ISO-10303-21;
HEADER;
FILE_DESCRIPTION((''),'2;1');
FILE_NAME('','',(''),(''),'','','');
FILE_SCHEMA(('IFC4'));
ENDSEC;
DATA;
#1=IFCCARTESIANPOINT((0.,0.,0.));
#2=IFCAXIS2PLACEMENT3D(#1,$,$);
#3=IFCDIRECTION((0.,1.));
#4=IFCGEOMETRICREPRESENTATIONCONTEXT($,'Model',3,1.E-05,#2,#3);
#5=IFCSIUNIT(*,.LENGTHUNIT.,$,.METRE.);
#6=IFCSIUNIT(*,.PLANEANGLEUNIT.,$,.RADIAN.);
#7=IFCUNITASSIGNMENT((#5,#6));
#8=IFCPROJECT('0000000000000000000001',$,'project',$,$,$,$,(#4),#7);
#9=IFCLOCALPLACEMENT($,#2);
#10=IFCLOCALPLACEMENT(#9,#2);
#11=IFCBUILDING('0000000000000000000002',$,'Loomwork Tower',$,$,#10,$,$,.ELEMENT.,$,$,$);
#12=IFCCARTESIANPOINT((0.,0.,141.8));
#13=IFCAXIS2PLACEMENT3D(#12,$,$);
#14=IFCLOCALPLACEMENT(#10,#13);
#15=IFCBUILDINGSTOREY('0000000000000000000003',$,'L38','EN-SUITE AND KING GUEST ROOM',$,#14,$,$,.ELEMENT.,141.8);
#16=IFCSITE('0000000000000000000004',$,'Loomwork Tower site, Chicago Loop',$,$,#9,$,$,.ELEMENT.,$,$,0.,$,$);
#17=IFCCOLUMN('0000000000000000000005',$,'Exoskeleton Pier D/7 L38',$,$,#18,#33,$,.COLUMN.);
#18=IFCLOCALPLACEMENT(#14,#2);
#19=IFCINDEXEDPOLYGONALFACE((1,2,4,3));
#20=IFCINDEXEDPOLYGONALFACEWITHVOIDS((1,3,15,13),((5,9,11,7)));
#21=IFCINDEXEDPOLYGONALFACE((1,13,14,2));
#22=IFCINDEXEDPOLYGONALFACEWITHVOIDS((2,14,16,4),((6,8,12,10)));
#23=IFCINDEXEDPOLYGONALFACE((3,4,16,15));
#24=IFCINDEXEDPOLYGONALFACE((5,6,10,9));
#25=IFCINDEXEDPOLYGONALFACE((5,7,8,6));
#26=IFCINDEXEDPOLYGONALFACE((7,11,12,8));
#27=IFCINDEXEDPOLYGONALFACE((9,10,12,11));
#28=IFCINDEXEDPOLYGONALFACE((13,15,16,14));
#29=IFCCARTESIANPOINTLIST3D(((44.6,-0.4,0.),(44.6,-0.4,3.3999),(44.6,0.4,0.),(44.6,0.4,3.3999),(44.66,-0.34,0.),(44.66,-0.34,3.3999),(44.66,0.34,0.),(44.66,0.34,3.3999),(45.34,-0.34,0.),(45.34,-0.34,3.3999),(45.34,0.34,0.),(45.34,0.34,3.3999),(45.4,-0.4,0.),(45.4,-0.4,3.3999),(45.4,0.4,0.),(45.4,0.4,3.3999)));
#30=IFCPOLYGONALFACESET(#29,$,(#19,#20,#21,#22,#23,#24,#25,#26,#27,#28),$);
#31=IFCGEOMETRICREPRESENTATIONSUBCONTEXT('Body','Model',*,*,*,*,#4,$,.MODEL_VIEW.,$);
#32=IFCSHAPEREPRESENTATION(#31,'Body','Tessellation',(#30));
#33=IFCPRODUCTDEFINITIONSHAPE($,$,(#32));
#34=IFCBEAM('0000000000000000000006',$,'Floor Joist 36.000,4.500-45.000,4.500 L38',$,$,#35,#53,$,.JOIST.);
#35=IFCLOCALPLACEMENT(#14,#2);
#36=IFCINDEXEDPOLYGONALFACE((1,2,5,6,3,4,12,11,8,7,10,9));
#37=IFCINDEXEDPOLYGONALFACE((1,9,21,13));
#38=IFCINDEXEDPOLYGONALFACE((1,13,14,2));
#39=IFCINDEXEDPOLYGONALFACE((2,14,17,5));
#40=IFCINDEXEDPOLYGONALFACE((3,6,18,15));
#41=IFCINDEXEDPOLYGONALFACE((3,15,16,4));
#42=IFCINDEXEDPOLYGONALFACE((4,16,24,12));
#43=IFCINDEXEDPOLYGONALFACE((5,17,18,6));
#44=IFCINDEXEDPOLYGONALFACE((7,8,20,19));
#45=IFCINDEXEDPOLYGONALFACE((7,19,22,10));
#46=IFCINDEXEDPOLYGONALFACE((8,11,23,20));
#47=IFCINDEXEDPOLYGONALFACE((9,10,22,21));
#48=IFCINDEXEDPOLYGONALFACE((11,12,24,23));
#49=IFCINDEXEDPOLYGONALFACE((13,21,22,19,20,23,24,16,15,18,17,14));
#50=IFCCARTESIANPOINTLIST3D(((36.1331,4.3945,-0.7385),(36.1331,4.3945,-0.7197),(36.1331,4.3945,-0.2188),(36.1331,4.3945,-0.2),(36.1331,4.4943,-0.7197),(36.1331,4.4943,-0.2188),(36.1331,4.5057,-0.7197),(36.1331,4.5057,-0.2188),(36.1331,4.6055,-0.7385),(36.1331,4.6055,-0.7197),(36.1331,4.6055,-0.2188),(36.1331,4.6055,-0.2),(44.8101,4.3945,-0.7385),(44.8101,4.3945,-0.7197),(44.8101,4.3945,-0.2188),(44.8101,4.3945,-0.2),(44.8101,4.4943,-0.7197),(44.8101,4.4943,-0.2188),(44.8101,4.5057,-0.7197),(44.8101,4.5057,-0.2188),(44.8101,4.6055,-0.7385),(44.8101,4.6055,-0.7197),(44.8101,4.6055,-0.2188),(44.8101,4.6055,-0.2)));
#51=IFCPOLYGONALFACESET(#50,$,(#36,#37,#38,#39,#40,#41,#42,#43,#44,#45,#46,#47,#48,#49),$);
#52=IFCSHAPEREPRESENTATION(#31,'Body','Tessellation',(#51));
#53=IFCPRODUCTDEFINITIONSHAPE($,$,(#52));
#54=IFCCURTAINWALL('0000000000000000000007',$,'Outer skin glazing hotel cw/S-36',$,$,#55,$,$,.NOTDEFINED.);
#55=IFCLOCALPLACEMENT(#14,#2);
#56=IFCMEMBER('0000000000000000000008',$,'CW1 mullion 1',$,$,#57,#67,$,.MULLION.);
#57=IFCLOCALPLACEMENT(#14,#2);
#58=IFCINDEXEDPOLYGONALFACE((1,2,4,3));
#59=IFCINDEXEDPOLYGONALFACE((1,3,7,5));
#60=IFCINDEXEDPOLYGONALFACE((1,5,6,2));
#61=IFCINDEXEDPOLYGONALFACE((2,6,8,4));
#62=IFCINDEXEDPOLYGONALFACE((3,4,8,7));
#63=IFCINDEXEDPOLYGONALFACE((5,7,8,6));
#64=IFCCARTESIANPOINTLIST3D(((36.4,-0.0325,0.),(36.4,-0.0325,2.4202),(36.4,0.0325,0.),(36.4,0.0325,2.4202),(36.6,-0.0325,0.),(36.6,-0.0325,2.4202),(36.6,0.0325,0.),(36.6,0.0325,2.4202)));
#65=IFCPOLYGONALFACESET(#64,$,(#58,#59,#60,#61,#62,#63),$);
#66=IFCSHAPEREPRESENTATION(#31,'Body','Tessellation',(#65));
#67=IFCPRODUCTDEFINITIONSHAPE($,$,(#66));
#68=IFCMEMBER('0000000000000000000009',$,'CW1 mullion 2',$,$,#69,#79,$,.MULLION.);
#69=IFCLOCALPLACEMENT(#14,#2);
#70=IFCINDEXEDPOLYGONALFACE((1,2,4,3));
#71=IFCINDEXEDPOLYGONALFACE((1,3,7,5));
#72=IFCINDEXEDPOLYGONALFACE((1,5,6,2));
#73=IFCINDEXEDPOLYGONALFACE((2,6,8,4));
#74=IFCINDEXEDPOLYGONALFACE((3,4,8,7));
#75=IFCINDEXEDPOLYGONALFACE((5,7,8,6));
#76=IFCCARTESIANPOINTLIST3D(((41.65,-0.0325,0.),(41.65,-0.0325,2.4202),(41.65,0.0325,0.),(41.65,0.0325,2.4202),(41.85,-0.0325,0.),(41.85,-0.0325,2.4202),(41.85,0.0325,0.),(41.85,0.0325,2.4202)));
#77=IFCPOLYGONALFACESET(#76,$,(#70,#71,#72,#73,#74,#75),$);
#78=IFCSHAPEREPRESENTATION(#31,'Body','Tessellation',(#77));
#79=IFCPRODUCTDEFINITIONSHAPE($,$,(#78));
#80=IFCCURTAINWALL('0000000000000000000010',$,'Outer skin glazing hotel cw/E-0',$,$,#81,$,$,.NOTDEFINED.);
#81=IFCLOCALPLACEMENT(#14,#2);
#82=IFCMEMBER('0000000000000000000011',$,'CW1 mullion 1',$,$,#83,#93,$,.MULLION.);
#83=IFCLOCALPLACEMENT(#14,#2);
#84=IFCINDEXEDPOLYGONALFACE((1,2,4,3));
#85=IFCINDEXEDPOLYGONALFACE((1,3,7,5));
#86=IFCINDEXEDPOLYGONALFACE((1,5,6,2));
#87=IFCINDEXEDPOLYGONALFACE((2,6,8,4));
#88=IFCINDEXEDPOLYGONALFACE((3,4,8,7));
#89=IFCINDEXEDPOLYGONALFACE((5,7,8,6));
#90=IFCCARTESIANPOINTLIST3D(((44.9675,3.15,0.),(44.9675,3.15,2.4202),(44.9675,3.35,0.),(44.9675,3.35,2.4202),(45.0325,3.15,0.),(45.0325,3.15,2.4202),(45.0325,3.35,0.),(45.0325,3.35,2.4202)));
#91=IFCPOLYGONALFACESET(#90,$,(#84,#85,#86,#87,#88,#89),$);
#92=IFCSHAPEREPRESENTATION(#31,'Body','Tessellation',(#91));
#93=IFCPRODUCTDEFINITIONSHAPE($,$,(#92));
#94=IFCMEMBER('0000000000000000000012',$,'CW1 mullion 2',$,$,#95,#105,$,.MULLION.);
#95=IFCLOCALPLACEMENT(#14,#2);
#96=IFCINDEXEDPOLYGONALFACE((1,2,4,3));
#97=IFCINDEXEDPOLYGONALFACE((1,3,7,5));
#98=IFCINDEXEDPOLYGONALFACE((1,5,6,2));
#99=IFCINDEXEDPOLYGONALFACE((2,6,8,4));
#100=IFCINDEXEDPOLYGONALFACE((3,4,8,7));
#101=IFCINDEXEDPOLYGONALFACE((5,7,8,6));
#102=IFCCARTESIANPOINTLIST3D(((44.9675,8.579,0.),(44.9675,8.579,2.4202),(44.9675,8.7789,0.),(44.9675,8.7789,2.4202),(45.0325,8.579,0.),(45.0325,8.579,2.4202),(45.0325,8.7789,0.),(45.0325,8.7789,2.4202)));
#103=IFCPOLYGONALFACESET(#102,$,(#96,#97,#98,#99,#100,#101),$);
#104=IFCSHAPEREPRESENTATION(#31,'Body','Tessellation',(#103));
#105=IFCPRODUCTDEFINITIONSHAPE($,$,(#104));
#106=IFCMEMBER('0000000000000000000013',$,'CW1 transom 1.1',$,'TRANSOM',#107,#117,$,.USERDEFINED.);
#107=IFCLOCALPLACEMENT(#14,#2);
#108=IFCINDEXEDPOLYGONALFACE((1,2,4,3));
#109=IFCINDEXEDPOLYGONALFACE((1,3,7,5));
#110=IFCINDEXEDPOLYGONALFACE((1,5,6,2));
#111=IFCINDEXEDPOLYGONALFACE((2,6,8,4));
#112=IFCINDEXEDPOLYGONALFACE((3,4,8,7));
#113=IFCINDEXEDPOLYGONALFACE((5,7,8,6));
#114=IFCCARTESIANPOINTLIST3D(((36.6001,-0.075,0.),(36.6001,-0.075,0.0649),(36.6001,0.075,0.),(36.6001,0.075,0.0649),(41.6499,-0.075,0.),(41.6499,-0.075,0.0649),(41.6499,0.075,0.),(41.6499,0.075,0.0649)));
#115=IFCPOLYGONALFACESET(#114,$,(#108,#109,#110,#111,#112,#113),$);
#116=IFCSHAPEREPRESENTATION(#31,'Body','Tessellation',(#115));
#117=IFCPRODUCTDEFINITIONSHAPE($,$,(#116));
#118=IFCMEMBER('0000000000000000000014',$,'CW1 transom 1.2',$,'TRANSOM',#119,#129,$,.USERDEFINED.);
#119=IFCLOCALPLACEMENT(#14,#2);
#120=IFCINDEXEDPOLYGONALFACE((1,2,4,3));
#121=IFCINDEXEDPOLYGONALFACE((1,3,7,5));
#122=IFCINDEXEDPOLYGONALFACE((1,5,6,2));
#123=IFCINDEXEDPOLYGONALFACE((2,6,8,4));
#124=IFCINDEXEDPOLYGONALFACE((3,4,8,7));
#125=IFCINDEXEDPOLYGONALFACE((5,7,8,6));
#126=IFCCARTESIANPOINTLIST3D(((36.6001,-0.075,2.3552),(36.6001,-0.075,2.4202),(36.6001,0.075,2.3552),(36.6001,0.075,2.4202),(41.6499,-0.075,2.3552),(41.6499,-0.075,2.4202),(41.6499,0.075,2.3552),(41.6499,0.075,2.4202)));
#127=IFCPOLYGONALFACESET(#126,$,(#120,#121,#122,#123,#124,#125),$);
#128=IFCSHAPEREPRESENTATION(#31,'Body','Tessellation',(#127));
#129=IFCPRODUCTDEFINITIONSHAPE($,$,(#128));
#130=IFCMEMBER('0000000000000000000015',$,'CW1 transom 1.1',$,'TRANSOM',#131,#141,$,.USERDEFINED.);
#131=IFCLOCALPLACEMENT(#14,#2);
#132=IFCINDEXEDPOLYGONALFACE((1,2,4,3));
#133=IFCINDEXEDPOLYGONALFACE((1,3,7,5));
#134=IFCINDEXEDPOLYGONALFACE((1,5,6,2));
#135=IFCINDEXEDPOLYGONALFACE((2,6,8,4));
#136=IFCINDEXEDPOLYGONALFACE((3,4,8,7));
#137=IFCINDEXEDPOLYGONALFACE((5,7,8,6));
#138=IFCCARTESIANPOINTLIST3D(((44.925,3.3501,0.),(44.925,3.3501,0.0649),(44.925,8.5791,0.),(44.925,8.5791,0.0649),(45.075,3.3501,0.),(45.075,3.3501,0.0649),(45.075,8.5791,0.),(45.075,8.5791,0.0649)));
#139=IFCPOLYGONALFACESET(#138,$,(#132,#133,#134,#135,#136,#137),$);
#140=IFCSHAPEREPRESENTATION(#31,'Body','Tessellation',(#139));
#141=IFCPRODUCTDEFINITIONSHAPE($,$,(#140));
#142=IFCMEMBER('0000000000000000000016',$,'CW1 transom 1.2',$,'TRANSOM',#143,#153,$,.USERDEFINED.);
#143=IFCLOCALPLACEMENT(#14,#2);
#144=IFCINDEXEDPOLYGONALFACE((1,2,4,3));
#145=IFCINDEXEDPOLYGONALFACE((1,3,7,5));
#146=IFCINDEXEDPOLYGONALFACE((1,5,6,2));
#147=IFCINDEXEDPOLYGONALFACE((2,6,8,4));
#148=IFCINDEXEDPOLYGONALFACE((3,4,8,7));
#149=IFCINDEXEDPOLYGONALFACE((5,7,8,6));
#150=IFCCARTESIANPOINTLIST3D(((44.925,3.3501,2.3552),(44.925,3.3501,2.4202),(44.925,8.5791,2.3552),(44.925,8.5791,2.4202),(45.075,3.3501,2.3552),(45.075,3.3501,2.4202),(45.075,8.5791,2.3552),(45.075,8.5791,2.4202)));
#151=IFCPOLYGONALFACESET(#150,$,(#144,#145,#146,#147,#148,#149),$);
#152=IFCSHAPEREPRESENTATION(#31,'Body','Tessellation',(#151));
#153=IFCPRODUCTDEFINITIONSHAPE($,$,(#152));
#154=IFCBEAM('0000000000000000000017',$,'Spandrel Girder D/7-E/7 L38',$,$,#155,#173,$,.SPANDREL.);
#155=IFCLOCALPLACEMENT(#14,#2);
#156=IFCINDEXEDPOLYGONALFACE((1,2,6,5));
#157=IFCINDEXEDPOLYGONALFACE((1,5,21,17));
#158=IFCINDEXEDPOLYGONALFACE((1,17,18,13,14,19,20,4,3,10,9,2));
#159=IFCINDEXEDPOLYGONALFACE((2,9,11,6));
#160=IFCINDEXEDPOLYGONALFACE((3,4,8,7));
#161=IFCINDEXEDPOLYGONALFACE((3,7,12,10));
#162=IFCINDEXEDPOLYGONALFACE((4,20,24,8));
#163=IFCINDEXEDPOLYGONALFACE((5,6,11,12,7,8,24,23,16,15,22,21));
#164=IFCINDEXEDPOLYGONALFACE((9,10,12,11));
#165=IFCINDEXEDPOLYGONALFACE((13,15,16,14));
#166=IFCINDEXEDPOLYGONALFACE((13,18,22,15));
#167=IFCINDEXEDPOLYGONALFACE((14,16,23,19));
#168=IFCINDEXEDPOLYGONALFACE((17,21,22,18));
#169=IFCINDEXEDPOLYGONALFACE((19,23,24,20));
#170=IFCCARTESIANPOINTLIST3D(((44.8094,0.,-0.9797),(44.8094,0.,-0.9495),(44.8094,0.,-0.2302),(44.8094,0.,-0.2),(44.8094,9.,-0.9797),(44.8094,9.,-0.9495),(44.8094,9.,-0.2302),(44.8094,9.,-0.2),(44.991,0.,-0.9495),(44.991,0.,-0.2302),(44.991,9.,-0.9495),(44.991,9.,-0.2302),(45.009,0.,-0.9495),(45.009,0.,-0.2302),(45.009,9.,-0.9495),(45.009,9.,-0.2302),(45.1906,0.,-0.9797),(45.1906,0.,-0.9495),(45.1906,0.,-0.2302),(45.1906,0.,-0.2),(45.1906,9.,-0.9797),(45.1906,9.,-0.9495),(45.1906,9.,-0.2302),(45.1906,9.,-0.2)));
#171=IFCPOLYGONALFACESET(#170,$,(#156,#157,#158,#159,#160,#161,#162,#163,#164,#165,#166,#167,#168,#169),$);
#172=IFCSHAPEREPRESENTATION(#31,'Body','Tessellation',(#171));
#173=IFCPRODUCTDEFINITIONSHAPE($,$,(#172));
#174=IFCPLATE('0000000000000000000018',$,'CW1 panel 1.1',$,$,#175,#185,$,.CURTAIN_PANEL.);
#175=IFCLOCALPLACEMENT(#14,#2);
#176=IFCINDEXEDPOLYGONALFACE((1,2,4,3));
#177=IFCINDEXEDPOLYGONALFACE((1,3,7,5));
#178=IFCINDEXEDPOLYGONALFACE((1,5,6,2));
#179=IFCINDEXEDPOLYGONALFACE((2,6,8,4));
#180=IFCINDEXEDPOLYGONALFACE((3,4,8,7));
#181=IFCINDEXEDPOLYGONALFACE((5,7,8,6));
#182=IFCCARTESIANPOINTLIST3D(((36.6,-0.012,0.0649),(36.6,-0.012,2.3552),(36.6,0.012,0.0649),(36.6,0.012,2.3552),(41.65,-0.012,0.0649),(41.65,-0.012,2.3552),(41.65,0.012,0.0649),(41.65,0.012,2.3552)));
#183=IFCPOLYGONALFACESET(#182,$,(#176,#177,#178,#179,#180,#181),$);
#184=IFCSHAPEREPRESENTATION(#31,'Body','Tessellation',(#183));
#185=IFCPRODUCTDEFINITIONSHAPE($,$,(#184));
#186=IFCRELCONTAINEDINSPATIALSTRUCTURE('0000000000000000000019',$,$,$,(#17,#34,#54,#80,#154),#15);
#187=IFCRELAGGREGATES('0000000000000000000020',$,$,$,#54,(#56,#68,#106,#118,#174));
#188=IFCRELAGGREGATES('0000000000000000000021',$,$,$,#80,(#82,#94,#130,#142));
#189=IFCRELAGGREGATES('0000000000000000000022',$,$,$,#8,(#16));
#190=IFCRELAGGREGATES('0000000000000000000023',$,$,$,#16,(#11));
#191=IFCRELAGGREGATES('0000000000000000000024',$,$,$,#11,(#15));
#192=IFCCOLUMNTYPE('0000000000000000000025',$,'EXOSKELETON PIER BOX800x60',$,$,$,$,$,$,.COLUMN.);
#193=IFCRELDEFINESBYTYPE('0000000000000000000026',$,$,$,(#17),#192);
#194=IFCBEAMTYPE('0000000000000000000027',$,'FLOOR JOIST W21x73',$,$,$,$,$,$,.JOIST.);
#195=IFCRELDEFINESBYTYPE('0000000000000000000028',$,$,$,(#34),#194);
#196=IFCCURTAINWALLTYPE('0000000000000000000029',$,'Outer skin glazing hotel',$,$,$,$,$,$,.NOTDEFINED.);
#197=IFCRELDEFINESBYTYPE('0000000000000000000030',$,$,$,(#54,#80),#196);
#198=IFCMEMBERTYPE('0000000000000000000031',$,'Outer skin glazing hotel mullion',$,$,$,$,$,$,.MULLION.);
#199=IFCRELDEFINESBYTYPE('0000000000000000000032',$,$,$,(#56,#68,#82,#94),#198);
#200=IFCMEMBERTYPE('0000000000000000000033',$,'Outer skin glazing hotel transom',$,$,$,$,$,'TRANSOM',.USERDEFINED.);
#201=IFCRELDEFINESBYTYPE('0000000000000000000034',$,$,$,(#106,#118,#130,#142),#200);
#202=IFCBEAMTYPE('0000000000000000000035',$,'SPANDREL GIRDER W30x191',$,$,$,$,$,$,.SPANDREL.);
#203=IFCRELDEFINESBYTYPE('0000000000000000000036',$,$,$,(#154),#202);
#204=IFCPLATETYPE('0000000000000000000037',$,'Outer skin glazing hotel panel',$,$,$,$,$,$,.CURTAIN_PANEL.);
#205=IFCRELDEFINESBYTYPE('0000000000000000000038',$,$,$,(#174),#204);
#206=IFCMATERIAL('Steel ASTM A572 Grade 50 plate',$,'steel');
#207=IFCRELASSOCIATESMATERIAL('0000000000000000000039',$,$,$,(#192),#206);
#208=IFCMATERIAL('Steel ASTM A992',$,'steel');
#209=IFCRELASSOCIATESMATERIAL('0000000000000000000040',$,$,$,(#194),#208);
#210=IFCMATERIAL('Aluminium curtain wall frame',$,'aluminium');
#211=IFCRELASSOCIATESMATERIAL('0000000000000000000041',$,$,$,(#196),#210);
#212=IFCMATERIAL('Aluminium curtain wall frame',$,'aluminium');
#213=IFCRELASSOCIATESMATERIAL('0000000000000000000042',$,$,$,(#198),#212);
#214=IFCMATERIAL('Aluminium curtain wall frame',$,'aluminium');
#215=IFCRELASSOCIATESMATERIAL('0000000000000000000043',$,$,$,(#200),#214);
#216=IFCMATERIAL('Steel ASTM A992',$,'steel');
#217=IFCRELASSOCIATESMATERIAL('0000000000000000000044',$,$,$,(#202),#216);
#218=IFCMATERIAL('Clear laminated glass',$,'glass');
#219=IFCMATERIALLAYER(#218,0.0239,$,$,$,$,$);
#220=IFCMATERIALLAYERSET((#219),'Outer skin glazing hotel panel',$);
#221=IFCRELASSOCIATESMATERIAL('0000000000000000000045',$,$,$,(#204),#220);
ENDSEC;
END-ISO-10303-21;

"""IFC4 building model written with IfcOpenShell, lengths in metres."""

from ifc_helpers import new_model, si_unit, direction, frame, origin, origin_2d, place, context, subcontext, project, spatial, rectangle, hollow_rectangle, i_section, extrude, material, layer, layer_set, material_profile, profile_set, type_object, element, aggregate, save


model = new_model("IFC4")

# Units and contexts
model_context = context("Model", 3, precision=1e-05, world=origin(), true_north=direction((0.0, 1.0)))
body_context = subcontext(model_context, "Body", "Model", "MODEL_VIEW")
ifc_project = project(units=[si_unit("LENGTHUNIT", "METRE"), si_unit("PLANEANGLEUNIT", "RADIAN")], contexts=[model_context])

# Site, building, storey
site_placement = place(None, origin())
site = spatial("IfcSite", under=ifc_project, at=site_placement, Name="Loomwork Tower site, Chicago Loop", CompositionType="ELEMENT", RefElevation=0.0)
building_placement = place(site_placement, origin())
building = spatial("IfcBuilding", under=site, at=building_placement, Name="Loomwork Tower", CompositionType="ELEMENT")
storey_placement = place(building_placement, frame((0.0, 0.0, 141.8)))
storey = spatial("IfcBuildingStorey", under=building, at=storey_placement, Name="L38", Description="EN-SUITE AND KING GUEST ROOM", CompositionType="ELEMENT", Elevation=141.8)

# Column
ifc_material_1 = material(Name="Steel ASTM A572 Grade 50 plate", Category="steel")
ifc_material_profile_1 = material_profile(ifc_material_1, hollow_rectangle(XDim=0.8, YDim=0.8, WallThickness=0.0601, at=origin_2d()), Name="BOX800x60")
ifc_profile_set_1 = profile_set([ifc_material_profile_1], Name="Steel ASTM A572 Grade 50 plate")
column_type = type_object("IfcColumnType", Name="EXOSKELETON PIER BOX800x60", PredefinedType="COLUMN", material=ifc_profile_set_1)
column_placement = place(storey_placement, frame((45.0, 0.0, 0.0), z_axis=(0.0, 0.0, 1.0), x_axis=(1.0, 0.0, 0.0)))
element("IfcColumn", 1, at=column_placement, inside=storey, type_object=column_type, Name="Exoskeleton Pier D/7 L38", PredefinedType="COLUMN", context=body_context, shape_type="SweptSolid", body=[
    extrude(hollow_rectangle(XDim=0.8, YDim=0.8, WallThickness=0.0601, at=origin_2d()), origin(), (0.0, 0.0, 1.0), 3.3999),
])

# Beam
ifc_material_2 = material(Name="Steel ASTM A992", Category="steel")
ifc_material_profile_2 = material_profile(ifc_material_2, i_section(OverallWidth=0.2109, OverallDepth=0.5386, WebThickness=0.0115, FlangeThickness=0.0188, at=origin_2d()), Name="W21x73")
ifc_profile_set_2 = profile_set([ifc_material_profile_2], Name="Steel ASTM A992")
beam_type_1 = type_object("IfcBeamType", Name="FLOOR JOIST W21x73", PredefinedType="JOIST", material=ifc_profile_set_2)
beam_1_placement = place(storey_placement, frame((36.1331, 4.5, -0.4692), z_axis=(1.0, 0.0, 0.0), x_axis=(0.0, 1.0, 0.0)))
element("IfcBeam", 2, at=beam_1_placement, inside=storey, type_object=beam_type_1, Name="Floor Joist 36.000,4.500-45.000,4.500 L38", PredefinedType="JOIST", context=body_context, shape_type="SweptSolid", body=[
    extrude(i_section(OverallWidth=0.2109, OverallDepth=0.5386, WebThickness=0.0115, FlangeThickness=0.0188, at=origin_2d()), origin(), (0.0, 0.0, 1.0), 8.677),
])

# Curtain walls, members
ifc_material_3 = material(Name="Aluminium curtain wall frame", Category="aluminium")
curtain_wall_type = type_object("IfcCurtainWallType", Name="Outer skin glazing hotel", PredefinedType="NOTDEFINED", material=ifc_material_3)
curtain_wall_1_placement = place(storey_placement, origin())
curtain_wall_1 = element("IfcCurtainWall", 3, at=curtain_wall_1_placement, inside=storey, type_object=curtain_wall_type, Name="Outer skin glazing hotel cw/S-36", PredefinedType="NOTDEFINED")
ifc_material_4 = material(Name="Aluminium curtain wall frame", Category="aluminium")
ifc_material_profile_3 = material_profile(ifc_material_4, rectangle(XDim=0.0649, YDim=0.2, at=origin_2d()), Name="AL 65x200")
ifc_profile_set_3 = profile_set([ifc_material_profile_3], Name="Aluminium curtain wall frame")
member_type_1 = type_object("IfcMemberType", Name="Outer skin glazing hotel mullion", PredefinedType="MULLION", material=ifc_profile_set_3)
member_1_placement = place(storey_placement, frame((36.5, 0.0, 0.0), z_axis=(0.0, 0.0, 1.0), x_axis=(0.0, 1.0, 0.0)))
member_1 = element("IfcMember", 4, at=member_1_placement, type_object=member_type_1, Name="CW1 mullion 1", PredefinedType="MULLION", context=body_context, shape_type="SweptSolid", body=[
    extrude(rectangle(XDim=0.0649, YDim=0.2, at=origin_2d()), origin(), (0.0, 0.0, 1.0), 2.4202),
])
member_2_placement = place(storey_placement, frame((41.75, 0.0, 0.0), z_axis=(0.0, 0.0, 1.0), x_axis=(0.0, 1.0, 0.0)))
member_2 = element("IfcMember", 5, at=member_2_placement, type_object=member_type_1, Name="CW1 mullion 2", PredefinedType="MULLION", context=body_context, shape_type="SweptSolid", body=[
    extrude(rectangle(XDim=0.0649, YDim=0.2, at=origin_2d()), origin(), (0.0, 0.0, 1.0), 2.4202),
])
curtain_wall_2_placement = place(storey_placement, origin())
curtain_wall_2 = element("IfcCurtainWall", 6, at=curtain_wall_2_placement, inside=storey, type_object=curtain_wall_type, Name="Outer skin glazing hotel cw/E-0", PredefinedType="NOTDEFINED")
member_3_placement = place(storey_placement, frame((45.0, 3.25, 0.0), z_axis=(0.0, 0.0, 1.0), x_axis=(-1.0, 0.0, 0.0)))
member_3 = element("IfcMember", 7, at=member_3_placement, type_object=member_type_1, Name="CW1 mullion 1", PredefinedType="MULLION", context=body_context, shape_type="SweptSolid", body=[
    extrude(rectangle(XDim=0.0649, YDim=0.2, at=origin_2d()), origin(), (0.0, 0.0, 1.0), 2.4202),
])
member_4_placement = place(storey_placement, frame((45.0, 8.679, 0.0), z_axis=(0.0, 0.0, 1.0), x_axis=(-1.0, 0.0, 0.0)))
member_4 = element("IfcMember", 8, at=member_4_placement, type_object=member_type_1, Name="CW1 mullion 2", PredefinedType="MULLION", context=body_context, shape_type="SweptSolid", body=[
    extrude(rectangle(XDim=0.0649, YDim=0.2, at=origin_2d()), origin(), (0.0, 0.0, 1.0), 2.4202),
])

# Members
ifc_material_5 = material(Name="Aluminium curtain wall frame", Category="aluminium")
ifc_material_profile_4 = material_profile(ifc_material_5, rectangle(XDim=0.1499, YDim=0.0649, at=origin_2d()), Name="AL 65x150")
ifc_profile_set_4 = profile_set([ifc_material_profile_4], Name="Aluminium curtain wall frame")
member_type_2 = type_object("IfcMemberType", Name="Outer skin glazing hotel transom", ElementType="TRANSOM", PredefinedType="USERDEFINED", material=ifc_profile_set_4)
member_5_placement = place(storey_placement, frame((36.6001, 0.0, 0.0325), z_axis=(1.0, 0.0, 0.0), x_axis=(0.0, 1.0, 0.0)))
member_5 = element("IfcMember", 9, at=member_5_placement, type_object=member_type_2, Name="CW1 transom 1.1", ObjectType="TRANSOM", PredefinedType="USERDEFINED", context=body_context, shape_type="SweptSolid", body=[
    extrude(rectangle(XDim=0.1499, YDim=0.0649, at=origin_2d()), origin(), (0.0, 0.0, 1.0), 5.0498),
])
member_6_placement = place(storey_placement, frame((36.6001, 0.0, 2.3877), z_axis=(1.0, 0.0, 0.0), x_axis=(0.0, 1.0, 0.0)))
member_6 = element("IfcMember", 10, at=member_6_placement, type_object=member_type_2, Name="CW1 transom 1.2", ObjectType="TRANSOM", PredefinedType="USERDEFINED", context=body_context, shape_type="SweptSolid", body=[
    extrude(rectangle(XDim=0.1499, YDim=0.0649, at=origin_2d()), origin(), (0.0, 0.0, 1.0), 5.0498),
])
member_7_placement = place(storey_placement, frame((45.0, 3.3501, 0.0325), z_axis=(0.0, 1.0, 0.0), x_axis=(-1.0, 0.0, 0.0)))
member_7 = element("IfcMember", 11, at=member_7_placement, type_object=member_type_2, Name="CW1 transom 1.1", ObjectType="TRANSOM", PredefinedType="USERDEFINED", context=body_context, shape_type="SweptSolid", body=[
    extrude(rectangle(XDim=0.1499, YDim=0.0649, at=origin_2d()), origin(), (0.0, 0.0, 1.0), 5.229),
])
member_8_placement = place(storey_placement, frame((45.0, 3.3501, 2.3877), z_axis=(0.0, 1.0, 0.0), x_axis=(-1.0, 0.0, 0.0)))
member_8 = element("IfcMember", 12, at=member_8_placement, type_object=member_type_2, Name="CW1 transom 1.2", ObjectType="TRANSOM", PredefinedType="USERDEFINED", context=body_context, shape_type="SweptSolid", body=[
    extrude(rectangle(XDim=0.1499, YDim=0.0649, at=origin_2d()), origin(), (0.0, 0.0, 1.0), 5.229),
])

# Beam
ifc_material_6 = material(Name="Steel ASTM A992", Category="steel")
ifc_material_profile_5 = material_profile(ifc_material_6, i_section(OverallWidth=0.3811, OverallDepth=0.7798, WebThickness=0.0181, FlangeThickness=0.0303, at=origin_2d()), Name="W30x191")
ifc_profile_set_5 = profile_set([ifc_material_profile_5], Name="Steel ASTM A992")
beam_type_2 = type_object("IfcBeamType", Name="SPANDREL GIRDER W30x191", PredefinedType="SPANDREL", material=ifc_profile_set_5)
beam_2_placement = place(storey_placement, frame((45.0, 0.0, -0.5898), z_axis=(0.0, 1.0, 0.0), x_axis=(-1.0, 0.0, 0.0)))
element("IfcBeam", 13, at=beam_2_placement, inside=storey, type_object=beam_type_2, Name="Spandrel Girder D/7-E/7 L38", PredefinedType="SPANDREL", context=body_context, shape_type="SweptSolid", body=[
    extrude(i_section(OverallWidth=0.3811, OverallDepth=0.7798, WebThickness=0.0181, FlangeThickness=0.0303, at=origin_2d()), origin(), (0.0, 0.0, 1.0), 9.0),
])

# Plate
ifc_material_7 = material(Name="Clear laminated glass", Category="glass")
ifc_layer_1 = layer(ifc_material_7, 0.0239)
ifc_layer_set_1 = layer_set([ifc_layer_1], Name="Outer skin glazing hotel panel")
plate_type = type_object("IfcPlateType", Name="Outer skin glazing hotel panel", PredefinedType="CURTAIN_PANEL", material=ifc_layer_set_1)
plate_1_placement = place(storey_placement, frame((39.125, 0.0, 0.0649), z_axis=(0.0, 0.0, 1.0), x_axis=(1.0, 0.0, 0.0)))
plate_1 = element("IfcPlate", 14, at=plate_1_placement, type_object=plate_type, Name="CW1 panel 1.1", PredefinedType="CURTAIN_PANEL", context=body_context, shape_type="SweptSolid", body=[
    extrude(rectangle(XDim=5.05, YDim=0.0239, at=origin_2d()), origin(), (0.0, 0.0, 1.0), 2.2903),
])
aggregate(curtain_wall_1, [member_1, member_2, member_5, member_6, plate_1])
aggregate(curtain_wall_2, [member_3, member_4, member_7, member_8])

save(model, "model.ifc")
